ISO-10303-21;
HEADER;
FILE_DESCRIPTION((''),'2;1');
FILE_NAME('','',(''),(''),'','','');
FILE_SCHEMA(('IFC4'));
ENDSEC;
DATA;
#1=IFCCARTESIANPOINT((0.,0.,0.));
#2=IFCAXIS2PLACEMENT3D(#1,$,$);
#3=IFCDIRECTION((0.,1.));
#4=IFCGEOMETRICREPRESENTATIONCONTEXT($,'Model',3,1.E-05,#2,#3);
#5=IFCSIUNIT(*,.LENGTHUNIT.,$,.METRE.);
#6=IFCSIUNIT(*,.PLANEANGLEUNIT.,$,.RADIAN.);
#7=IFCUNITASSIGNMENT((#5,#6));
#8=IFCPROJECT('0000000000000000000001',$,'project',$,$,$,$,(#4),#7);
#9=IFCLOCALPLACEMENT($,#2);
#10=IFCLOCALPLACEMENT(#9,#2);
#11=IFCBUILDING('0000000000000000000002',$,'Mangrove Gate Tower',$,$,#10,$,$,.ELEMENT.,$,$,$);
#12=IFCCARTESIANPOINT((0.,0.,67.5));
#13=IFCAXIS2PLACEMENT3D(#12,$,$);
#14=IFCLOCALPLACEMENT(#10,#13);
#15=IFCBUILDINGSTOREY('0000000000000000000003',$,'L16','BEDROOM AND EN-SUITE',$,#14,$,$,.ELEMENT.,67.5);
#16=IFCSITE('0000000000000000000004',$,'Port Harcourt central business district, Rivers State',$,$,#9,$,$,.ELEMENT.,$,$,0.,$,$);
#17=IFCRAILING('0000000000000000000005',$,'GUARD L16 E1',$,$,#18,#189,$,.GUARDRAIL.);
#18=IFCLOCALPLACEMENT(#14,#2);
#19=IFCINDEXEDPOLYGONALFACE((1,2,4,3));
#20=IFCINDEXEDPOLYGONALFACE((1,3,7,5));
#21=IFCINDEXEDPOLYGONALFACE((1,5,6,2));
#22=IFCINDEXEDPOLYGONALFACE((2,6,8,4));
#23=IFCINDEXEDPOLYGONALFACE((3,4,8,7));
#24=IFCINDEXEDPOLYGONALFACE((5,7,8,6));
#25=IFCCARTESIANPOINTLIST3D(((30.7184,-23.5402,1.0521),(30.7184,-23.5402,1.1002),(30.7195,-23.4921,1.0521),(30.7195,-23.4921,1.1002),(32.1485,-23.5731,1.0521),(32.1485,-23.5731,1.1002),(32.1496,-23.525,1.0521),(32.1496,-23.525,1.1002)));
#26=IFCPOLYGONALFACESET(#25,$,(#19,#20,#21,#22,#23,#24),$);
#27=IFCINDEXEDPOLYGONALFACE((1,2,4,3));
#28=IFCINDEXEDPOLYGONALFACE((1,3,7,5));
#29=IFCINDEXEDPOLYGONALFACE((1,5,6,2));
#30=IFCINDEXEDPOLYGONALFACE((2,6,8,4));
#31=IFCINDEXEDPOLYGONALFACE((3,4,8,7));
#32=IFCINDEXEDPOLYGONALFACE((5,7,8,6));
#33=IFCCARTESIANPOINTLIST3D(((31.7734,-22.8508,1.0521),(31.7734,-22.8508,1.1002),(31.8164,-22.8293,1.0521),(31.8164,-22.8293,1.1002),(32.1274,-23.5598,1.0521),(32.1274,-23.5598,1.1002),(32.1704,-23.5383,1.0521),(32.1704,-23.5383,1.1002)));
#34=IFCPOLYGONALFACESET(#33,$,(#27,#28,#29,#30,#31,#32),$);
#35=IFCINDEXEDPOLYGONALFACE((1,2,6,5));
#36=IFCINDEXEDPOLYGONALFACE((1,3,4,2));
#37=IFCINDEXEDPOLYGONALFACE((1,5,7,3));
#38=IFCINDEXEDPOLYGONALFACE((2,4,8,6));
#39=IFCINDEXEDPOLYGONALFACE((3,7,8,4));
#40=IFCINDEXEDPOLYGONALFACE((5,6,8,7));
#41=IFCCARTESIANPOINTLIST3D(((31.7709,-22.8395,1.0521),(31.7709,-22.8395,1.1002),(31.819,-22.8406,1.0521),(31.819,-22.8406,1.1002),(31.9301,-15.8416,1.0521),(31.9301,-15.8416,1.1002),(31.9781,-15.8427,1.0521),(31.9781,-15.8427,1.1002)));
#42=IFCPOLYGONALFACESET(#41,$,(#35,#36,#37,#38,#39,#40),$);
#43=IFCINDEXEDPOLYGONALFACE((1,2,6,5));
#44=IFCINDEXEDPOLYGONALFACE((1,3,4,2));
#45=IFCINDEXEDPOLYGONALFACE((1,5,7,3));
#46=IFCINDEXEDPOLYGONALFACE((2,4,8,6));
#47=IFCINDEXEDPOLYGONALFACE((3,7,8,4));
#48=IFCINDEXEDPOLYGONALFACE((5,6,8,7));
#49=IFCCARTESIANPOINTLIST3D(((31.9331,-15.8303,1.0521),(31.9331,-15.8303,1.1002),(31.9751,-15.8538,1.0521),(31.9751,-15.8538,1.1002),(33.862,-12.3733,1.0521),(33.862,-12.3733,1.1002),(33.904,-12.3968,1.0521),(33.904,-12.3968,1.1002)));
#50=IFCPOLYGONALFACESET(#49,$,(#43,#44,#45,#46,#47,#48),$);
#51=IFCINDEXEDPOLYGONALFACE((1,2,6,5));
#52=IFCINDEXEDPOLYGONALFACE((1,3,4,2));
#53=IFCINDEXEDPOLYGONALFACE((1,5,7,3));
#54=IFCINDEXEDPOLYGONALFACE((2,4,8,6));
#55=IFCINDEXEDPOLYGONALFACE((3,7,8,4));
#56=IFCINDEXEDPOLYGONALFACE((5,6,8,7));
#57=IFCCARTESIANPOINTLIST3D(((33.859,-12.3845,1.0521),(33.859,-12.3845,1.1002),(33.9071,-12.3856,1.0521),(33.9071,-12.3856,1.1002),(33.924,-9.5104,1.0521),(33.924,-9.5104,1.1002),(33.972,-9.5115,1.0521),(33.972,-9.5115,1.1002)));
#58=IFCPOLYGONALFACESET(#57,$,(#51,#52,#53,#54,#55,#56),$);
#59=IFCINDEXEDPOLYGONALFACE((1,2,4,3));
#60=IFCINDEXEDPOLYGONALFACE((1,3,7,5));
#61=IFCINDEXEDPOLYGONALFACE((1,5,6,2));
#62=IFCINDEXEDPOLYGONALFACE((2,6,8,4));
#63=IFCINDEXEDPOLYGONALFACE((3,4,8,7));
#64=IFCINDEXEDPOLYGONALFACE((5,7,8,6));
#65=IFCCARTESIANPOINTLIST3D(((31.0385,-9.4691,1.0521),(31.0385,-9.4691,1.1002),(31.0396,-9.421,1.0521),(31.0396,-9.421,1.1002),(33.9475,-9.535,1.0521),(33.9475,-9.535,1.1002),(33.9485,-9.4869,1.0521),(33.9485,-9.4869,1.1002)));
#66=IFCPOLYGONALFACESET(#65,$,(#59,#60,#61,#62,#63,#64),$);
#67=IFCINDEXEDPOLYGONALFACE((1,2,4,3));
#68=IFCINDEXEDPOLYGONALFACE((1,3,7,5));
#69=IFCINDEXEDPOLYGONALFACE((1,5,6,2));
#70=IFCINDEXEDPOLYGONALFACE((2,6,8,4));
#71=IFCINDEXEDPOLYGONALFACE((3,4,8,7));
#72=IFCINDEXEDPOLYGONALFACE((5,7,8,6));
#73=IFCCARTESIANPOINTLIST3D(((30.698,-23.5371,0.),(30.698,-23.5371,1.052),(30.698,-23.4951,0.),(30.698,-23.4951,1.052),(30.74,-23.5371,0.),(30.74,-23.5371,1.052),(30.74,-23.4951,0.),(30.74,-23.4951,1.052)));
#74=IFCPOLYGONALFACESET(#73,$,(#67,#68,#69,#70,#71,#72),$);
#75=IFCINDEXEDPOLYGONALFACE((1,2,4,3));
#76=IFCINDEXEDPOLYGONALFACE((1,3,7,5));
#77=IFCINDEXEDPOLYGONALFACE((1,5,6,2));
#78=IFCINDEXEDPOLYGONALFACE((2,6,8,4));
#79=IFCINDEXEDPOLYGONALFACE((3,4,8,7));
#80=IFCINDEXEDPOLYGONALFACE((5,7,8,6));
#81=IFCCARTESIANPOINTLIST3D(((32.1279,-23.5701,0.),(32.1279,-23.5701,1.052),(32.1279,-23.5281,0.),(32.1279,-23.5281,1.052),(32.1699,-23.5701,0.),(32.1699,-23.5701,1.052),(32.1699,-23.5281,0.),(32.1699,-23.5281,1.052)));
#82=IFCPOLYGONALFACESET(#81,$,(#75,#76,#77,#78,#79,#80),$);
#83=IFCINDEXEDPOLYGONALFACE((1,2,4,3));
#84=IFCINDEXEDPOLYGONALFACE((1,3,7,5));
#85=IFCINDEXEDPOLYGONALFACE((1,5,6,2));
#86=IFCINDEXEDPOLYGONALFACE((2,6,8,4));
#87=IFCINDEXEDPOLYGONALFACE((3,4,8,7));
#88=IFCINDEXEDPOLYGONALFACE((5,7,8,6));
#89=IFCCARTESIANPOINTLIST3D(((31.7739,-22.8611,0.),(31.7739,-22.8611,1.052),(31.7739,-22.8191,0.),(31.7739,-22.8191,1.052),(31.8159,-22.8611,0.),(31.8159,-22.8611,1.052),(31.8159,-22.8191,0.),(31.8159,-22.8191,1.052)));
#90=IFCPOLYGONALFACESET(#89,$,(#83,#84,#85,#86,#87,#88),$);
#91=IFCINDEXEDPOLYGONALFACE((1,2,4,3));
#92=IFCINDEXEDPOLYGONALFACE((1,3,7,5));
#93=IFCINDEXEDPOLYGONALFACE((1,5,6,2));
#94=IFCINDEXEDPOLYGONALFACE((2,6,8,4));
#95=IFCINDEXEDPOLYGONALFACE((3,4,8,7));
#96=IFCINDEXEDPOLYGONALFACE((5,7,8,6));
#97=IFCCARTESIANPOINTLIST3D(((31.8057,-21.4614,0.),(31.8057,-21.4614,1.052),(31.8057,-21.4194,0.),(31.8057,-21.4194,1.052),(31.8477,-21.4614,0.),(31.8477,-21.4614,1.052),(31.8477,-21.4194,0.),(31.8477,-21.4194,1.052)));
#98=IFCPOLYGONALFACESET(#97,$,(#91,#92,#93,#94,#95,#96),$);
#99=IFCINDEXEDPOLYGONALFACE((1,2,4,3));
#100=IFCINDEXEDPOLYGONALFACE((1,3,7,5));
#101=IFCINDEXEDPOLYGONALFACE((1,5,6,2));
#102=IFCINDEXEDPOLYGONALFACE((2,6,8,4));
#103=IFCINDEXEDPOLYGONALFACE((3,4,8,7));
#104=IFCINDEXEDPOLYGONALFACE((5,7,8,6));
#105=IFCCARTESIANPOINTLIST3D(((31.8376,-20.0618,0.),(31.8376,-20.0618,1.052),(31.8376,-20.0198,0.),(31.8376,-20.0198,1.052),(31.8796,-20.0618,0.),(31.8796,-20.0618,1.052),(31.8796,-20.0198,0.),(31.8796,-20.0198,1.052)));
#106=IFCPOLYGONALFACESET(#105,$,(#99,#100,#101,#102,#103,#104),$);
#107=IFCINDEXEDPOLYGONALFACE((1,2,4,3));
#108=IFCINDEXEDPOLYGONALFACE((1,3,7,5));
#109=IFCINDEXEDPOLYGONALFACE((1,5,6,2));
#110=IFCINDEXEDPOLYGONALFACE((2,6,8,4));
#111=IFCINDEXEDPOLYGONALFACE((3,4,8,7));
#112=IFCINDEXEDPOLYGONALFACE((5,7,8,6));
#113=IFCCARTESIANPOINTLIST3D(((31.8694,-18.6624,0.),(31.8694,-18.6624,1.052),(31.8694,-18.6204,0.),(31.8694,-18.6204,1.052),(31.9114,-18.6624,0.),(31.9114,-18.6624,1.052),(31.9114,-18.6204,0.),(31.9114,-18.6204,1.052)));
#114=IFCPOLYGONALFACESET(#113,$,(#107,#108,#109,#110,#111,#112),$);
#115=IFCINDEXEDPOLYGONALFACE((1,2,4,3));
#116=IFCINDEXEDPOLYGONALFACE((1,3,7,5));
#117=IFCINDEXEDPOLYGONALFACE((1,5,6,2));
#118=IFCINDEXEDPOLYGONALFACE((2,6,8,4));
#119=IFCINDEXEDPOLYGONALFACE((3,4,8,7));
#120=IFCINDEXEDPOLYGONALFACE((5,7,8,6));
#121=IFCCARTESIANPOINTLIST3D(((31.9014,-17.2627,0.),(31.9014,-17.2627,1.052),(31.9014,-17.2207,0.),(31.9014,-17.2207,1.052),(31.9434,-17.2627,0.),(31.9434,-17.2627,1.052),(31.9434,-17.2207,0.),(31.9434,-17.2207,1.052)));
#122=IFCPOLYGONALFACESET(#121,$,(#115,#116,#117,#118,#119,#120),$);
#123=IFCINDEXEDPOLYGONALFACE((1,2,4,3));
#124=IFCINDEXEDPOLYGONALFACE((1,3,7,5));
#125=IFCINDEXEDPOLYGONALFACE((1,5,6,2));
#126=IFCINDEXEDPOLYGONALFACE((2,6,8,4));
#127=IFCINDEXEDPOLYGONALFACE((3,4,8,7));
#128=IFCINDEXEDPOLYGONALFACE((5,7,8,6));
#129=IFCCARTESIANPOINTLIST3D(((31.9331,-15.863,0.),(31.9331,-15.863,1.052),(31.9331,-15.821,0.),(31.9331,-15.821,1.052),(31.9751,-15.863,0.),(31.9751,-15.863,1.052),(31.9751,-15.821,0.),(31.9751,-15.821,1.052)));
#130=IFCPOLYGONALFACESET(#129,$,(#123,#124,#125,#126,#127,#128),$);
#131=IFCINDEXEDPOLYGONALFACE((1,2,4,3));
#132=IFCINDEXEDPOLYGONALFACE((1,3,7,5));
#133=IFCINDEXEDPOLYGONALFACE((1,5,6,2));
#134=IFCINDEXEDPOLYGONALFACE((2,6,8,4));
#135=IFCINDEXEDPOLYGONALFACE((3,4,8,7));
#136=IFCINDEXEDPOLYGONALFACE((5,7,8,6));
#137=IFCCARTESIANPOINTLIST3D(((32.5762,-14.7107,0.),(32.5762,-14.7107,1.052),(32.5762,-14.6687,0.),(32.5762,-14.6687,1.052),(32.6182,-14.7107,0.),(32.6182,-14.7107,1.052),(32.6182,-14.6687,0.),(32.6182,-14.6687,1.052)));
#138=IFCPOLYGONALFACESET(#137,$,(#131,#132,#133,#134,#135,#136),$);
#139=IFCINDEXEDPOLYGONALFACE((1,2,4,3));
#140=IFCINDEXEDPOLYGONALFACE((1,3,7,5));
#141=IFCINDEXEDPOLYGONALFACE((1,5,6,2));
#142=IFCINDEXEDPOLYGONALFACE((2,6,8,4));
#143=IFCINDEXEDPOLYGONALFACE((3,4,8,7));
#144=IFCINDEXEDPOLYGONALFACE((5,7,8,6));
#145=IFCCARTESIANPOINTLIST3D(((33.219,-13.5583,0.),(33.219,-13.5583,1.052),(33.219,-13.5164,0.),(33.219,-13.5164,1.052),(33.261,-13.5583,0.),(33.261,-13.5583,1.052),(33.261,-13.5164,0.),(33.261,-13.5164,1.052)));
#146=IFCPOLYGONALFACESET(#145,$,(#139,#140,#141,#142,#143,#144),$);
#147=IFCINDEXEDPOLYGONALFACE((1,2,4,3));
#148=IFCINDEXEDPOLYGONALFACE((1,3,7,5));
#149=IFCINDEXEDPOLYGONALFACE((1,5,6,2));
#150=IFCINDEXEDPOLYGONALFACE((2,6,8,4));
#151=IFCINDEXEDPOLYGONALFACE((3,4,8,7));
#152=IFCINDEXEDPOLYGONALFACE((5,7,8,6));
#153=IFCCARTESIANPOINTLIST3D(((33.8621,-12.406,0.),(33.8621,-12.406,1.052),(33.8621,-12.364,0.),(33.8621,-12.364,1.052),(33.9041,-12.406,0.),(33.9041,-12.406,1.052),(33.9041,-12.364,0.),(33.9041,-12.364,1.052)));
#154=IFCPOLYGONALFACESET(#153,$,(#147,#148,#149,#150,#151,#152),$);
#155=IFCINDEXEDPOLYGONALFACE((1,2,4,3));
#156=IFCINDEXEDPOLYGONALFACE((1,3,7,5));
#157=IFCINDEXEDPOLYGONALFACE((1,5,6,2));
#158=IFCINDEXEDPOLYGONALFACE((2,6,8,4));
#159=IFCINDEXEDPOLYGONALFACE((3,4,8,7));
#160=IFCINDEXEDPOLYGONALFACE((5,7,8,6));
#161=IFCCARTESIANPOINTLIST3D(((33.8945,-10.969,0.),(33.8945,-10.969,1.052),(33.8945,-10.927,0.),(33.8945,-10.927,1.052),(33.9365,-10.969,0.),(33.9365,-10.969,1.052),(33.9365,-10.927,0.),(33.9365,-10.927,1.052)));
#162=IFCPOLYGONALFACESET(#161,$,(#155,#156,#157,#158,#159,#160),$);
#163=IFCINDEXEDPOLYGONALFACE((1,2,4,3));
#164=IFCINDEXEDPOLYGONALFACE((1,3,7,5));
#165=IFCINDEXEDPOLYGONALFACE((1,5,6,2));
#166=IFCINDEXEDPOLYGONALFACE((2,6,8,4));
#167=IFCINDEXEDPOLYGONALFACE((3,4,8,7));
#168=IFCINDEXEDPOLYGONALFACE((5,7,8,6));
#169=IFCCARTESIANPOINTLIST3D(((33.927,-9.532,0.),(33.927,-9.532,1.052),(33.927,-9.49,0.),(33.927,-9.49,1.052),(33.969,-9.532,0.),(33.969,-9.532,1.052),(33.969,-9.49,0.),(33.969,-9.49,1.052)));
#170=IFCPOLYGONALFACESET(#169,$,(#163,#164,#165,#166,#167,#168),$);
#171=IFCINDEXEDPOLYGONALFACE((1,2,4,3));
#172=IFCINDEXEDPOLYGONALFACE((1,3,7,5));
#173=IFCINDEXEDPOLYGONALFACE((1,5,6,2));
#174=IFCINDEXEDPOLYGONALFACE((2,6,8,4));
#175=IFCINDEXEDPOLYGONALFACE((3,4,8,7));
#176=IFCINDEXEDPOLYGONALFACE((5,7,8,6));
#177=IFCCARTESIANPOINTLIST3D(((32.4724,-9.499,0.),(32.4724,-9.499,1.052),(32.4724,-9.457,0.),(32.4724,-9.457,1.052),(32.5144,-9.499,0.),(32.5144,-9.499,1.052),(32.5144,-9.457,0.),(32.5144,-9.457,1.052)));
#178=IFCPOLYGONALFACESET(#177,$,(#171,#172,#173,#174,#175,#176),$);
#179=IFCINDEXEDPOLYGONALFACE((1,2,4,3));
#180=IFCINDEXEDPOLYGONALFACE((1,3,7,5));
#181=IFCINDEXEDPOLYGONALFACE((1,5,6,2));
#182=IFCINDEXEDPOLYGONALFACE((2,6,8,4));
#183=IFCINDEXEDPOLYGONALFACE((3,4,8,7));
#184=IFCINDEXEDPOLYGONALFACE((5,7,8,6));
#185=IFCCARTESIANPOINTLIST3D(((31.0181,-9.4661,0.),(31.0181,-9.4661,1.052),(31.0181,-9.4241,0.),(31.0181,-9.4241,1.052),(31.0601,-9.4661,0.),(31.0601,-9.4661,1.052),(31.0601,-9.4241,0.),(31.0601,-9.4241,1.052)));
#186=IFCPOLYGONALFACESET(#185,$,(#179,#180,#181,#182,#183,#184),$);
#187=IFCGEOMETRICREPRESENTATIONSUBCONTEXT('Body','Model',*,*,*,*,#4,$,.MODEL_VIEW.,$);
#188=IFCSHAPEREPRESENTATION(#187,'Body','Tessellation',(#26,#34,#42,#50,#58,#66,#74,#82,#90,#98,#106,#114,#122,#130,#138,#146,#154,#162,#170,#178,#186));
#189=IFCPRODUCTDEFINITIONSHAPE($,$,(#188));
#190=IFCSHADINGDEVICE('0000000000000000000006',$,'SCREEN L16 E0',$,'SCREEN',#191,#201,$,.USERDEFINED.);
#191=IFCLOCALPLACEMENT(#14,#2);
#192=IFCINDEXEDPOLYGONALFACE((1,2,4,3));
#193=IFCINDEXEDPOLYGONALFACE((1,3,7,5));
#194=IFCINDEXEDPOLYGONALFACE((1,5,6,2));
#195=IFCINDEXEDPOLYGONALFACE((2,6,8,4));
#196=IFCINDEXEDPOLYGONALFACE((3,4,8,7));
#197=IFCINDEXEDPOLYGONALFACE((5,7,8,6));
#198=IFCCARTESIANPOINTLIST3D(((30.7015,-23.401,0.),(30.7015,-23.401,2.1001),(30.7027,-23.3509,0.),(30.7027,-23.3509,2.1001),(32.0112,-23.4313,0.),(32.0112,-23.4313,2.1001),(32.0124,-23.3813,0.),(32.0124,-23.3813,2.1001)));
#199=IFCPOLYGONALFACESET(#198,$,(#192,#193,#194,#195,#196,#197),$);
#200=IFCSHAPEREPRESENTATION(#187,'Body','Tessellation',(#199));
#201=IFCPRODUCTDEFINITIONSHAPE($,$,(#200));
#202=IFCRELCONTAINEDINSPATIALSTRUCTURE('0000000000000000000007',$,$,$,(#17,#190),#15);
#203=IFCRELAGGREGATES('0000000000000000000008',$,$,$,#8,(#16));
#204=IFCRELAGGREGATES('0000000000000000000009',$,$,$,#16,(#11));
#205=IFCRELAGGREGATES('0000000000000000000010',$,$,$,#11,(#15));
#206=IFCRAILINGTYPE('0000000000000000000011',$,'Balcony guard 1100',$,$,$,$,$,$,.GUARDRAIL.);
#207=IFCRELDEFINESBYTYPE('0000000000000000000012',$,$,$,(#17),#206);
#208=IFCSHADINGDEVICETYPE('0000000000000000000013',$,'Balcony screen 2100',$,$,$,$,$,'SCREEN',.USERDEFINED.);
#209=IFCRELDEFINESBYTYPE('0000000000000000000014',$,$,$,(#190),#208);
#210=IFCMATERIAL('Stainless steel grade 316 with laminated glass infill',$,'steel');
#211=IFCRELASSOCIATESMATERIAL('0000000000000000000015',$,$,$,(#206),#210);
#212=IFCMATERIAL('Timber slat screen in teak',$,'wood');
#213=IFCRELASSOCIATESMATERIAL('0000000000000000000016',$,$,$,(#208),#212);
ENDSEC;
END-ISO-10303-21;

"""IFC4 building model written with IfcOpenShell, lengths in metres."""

from ifc_helpers import new_model, si_unit, direction, frame, origin, origin_2d, place, context, subcontext, project, spatial, rectangle, extrude, material, type_object, element, save


model = new_model("IFC4")

# Units and contexts
model_context = context("Model", 3, precision=1e-05, world=origin(), true_north=direction((0.0, 1.0)))
body_context = subcontext(model_context, "Body", "Model", "MODEL_VIEW")
ifc_project = project(units=[si_unit("LENGTHUNIT", "METRE"), si_unit("PLANEANGLEUNIT", "RADIAN")], contexts=[model_context])

# Site, building, storey
site_placement = place(None, origin())
site = spatial("IfcSite", under=ifc_project, at=site_placement, Name="Port Harcourt central business district, Rivers State", CompositionType="ELEMENT", RefElevation=0.0)
building_placement = place(site_placement, origin())
building = spatial("IfcBuilding", under=site, at=building_placement, Name="Mangrove Gate Tower", CompositionType="ELEMENT")
storey_placement = place(building_placement, frame((0.0, 0.0, 67.5)))
storey = spatial("IfcBuildingStorey", under=building, at=storey_placement, Name="L16", Description="BEDROOM AND EN-SUITE", CompositionType="ELEMENT", Elevation=67.5)

# Railing
ifc_material_1 = material(Name="Stainless steel grade 316 with laminated glass infill", Category="steel")
railing_type = type_object("IfcRailingType", Name="Balcony guard 1100", PredefinedType="GUARDRAIL", material=ifc_material_1)
railing_placement = place(storey_placement, frame((30.719, -23.5161, 0.0)))
element("IfcRailing", 1, at=railing_placement, inside=storey, type_object=railing_type, Name="GUARD L16 E1", PredefinedType="GUARDRAIL", context=body_context, shape_type="SweptSolid", body=[
    extrude(rectangle(XDim=0.0481, YDim=0.0481, at=origin_2d()), frame((0.0, 0.0, 1.0762), z_axis=(0.999734, -0.023043, 0.0), x_axis=(0.023043, 0.999734, 0.0)), (0.0, 0.0, 1.0), 1.4304),
    extrude(rectangle(XDim=0.0481, YDim=0.0481, at=origin_2d()), frame((1.4299, -0.033, 1.0762), z_axis=(-0.446721, 0.894674, 0.0), x_axis=(-0.894674, -0.446721, 0.0)), (0.0, 0.0, 1.0), 0.7925),
    extrude(rectangle(XDim=0.0481, YDim=0.0481, at=origin_2d()), frame((1.0759, 0.676, 1.0762), z_axis=(0.02274, 0.999741, 0.0), x_axis=(-0.999741, 0.02274, 0.0)), (0.0, 0.0, 1.0), 6.9998),
    extrude(rectangle(XDim=0.0481, YDim=0.0481, at=origin_2d()), frame((1.2351, 7.6741, 1.0762), z_axis=(0.48726, 0.873257, 0.0), x_axis=(-0.873257, 0.48726, 0.0)), (0.0, 0.0, 1.0), 3.9587),
    extrude(rectangle(XDim=0.0481, YDim=0.0481, at=origin_2d()), frame((3.1641, 11.1311, 1.0762), z_axis=(0.02259, 0.999745, 0.0), x_axis=(-0.999745, 0.02259, 0.0)), (0.0, 0.0, 1.0), 2.8748),
    extrude(rectangle(XDim=0.0481, YDim=0.0481, at=origin_2d()), frame((3.229, 14.0051, 1.0762), z_axis=(-0.999743, 0.022655, 0.0), x_axis=(-0.022655, -0.999743, 0.0)), (0.0, 0.0, 1.0), 2.9097),
    extrude(rectangle(XDim=0.042, YDim=0.042, at=origin_2d()), origin(), (0.0, 0.0, 1.0), 1.052),
    extrude(rectangle(XDim=0.042, YDim=0.042, at=origin_2d()), frame((1.4299, -0.033, 0.0)), (0.0, 0.0, 1.0), 1.052),
    extrude(rectangle(XDim=0.042, YDim=0.042, at=origin_2d()), frame((1.0759, 0.676, 0.0)), (0.0, 0.0, 1.0), 1.052),
    extrude(rectangle(XDim=0.042, YDim=0.042, at=origin_2d()), frame((1.1077, 2.0757, 0.0)), (0.0, 0.0, 1.0), 1.052),
    extrude(rectangle(XDim=0.042, YDim=0.042, at=origin_2d()), frame((1.1396, 3.4753, 0.0)), (0.0, 0.0, 1.0), 1.052),
    extrude(rectangle(XDim=0.042, YDim=0.042, at=origin_2d()), frame((1.1714, 4.8748, 0.0)), (0.0, 0.0, 1.0), 1.052),
    extrude(rectangle(XDim=0.042, YDim=0.042, at=origin_2d()), frame((1.2034, 6.2744, 0.0)), (0.0, 0.0, 1.0), 1.052),
    extrude(rectangle(XDim=0.042, YDim=0.042, at=origin_2d()), frame((1.2351, 7.6741, 0.0)), (0.0, 0.0, 1.0), 1.052),
    extrude(rectangle(XDim=0.042, YDim=0.042, at=origin_2d()), frame((1.8782, 8.8264, 0.0)), (0.0, 0.0, 1.0), 1.052),
    extrude(rectangle(XDim=0.042, YDim=0.042, at=origin_2d()), frame((2.521, 9.9788, 0.0)), (0.0, 0.0, 1.0), 1.052),
    extrude(rectangle(XDim=0.042, YDim=0.042, at=origin_2d()), frame((3.1641, 11.1311, 0.0)), (0.0, 0.0, 1.0), 1.052),
    extrude(rectangle(XDim=0.042, YDim=0.042, at=origin_2d()), frame((3.1965, 12.5681, 0.0)), (0.0, 0.0, 1.0), 1.052),
    extrude(rectangle(XDim=0.042, YDim=0.042, at=origin_2d()), frame((3.229, 14.0051, 0.0)), (0.0, 0.0, 1.0), 1.052),
    extrude(rectangle(XDim=0.042, YDim=0.042, at=origin_2d()), frame((1.7744, 14.0381, 0.0)), (0.0, 0.0, 1.0), 1.052),
    extrude(rectangle(XDim=0.042, YDim=0.042, at=origin_2d()), frame((0.3201, 14.071, 0.0)), (0.0, 0.0, 1.0), 1.052),
])

# Shading device
ifc_material_2 = material(Name="Timber slat screen in teak", Category="wood")
shading_device_type = type_object("IfcShadingDeviceType", Name="Balcony screen 2100", ElementType="SCREEN", PredefinedType="USERDEFINED", material=ifc_material_2)
shading_device_placement = place(storey_placement, frame((31.3569, -23.3911, 0.0), z_axis=(0.0, 0.0, 1.0), x_axis=(0.999731, -0.023176, 0.0)))
element("IfcShadingDevice", 2, at=shading_device_placement, inside=storey, type_object=shading_device_type, Name="SCREEN L16 E0", ObjectType="SCREEN", PredefinedType="USERDEFINED", context=body_context, shape_type="SweptSolid", body=[
    extrude(rectangle(XDim=1.3101, YDim=0.05, at=origin_2d()), origin(), (0.0, 0.0, 1.0), 2.1001),
])

save(model, "model.ifc")
